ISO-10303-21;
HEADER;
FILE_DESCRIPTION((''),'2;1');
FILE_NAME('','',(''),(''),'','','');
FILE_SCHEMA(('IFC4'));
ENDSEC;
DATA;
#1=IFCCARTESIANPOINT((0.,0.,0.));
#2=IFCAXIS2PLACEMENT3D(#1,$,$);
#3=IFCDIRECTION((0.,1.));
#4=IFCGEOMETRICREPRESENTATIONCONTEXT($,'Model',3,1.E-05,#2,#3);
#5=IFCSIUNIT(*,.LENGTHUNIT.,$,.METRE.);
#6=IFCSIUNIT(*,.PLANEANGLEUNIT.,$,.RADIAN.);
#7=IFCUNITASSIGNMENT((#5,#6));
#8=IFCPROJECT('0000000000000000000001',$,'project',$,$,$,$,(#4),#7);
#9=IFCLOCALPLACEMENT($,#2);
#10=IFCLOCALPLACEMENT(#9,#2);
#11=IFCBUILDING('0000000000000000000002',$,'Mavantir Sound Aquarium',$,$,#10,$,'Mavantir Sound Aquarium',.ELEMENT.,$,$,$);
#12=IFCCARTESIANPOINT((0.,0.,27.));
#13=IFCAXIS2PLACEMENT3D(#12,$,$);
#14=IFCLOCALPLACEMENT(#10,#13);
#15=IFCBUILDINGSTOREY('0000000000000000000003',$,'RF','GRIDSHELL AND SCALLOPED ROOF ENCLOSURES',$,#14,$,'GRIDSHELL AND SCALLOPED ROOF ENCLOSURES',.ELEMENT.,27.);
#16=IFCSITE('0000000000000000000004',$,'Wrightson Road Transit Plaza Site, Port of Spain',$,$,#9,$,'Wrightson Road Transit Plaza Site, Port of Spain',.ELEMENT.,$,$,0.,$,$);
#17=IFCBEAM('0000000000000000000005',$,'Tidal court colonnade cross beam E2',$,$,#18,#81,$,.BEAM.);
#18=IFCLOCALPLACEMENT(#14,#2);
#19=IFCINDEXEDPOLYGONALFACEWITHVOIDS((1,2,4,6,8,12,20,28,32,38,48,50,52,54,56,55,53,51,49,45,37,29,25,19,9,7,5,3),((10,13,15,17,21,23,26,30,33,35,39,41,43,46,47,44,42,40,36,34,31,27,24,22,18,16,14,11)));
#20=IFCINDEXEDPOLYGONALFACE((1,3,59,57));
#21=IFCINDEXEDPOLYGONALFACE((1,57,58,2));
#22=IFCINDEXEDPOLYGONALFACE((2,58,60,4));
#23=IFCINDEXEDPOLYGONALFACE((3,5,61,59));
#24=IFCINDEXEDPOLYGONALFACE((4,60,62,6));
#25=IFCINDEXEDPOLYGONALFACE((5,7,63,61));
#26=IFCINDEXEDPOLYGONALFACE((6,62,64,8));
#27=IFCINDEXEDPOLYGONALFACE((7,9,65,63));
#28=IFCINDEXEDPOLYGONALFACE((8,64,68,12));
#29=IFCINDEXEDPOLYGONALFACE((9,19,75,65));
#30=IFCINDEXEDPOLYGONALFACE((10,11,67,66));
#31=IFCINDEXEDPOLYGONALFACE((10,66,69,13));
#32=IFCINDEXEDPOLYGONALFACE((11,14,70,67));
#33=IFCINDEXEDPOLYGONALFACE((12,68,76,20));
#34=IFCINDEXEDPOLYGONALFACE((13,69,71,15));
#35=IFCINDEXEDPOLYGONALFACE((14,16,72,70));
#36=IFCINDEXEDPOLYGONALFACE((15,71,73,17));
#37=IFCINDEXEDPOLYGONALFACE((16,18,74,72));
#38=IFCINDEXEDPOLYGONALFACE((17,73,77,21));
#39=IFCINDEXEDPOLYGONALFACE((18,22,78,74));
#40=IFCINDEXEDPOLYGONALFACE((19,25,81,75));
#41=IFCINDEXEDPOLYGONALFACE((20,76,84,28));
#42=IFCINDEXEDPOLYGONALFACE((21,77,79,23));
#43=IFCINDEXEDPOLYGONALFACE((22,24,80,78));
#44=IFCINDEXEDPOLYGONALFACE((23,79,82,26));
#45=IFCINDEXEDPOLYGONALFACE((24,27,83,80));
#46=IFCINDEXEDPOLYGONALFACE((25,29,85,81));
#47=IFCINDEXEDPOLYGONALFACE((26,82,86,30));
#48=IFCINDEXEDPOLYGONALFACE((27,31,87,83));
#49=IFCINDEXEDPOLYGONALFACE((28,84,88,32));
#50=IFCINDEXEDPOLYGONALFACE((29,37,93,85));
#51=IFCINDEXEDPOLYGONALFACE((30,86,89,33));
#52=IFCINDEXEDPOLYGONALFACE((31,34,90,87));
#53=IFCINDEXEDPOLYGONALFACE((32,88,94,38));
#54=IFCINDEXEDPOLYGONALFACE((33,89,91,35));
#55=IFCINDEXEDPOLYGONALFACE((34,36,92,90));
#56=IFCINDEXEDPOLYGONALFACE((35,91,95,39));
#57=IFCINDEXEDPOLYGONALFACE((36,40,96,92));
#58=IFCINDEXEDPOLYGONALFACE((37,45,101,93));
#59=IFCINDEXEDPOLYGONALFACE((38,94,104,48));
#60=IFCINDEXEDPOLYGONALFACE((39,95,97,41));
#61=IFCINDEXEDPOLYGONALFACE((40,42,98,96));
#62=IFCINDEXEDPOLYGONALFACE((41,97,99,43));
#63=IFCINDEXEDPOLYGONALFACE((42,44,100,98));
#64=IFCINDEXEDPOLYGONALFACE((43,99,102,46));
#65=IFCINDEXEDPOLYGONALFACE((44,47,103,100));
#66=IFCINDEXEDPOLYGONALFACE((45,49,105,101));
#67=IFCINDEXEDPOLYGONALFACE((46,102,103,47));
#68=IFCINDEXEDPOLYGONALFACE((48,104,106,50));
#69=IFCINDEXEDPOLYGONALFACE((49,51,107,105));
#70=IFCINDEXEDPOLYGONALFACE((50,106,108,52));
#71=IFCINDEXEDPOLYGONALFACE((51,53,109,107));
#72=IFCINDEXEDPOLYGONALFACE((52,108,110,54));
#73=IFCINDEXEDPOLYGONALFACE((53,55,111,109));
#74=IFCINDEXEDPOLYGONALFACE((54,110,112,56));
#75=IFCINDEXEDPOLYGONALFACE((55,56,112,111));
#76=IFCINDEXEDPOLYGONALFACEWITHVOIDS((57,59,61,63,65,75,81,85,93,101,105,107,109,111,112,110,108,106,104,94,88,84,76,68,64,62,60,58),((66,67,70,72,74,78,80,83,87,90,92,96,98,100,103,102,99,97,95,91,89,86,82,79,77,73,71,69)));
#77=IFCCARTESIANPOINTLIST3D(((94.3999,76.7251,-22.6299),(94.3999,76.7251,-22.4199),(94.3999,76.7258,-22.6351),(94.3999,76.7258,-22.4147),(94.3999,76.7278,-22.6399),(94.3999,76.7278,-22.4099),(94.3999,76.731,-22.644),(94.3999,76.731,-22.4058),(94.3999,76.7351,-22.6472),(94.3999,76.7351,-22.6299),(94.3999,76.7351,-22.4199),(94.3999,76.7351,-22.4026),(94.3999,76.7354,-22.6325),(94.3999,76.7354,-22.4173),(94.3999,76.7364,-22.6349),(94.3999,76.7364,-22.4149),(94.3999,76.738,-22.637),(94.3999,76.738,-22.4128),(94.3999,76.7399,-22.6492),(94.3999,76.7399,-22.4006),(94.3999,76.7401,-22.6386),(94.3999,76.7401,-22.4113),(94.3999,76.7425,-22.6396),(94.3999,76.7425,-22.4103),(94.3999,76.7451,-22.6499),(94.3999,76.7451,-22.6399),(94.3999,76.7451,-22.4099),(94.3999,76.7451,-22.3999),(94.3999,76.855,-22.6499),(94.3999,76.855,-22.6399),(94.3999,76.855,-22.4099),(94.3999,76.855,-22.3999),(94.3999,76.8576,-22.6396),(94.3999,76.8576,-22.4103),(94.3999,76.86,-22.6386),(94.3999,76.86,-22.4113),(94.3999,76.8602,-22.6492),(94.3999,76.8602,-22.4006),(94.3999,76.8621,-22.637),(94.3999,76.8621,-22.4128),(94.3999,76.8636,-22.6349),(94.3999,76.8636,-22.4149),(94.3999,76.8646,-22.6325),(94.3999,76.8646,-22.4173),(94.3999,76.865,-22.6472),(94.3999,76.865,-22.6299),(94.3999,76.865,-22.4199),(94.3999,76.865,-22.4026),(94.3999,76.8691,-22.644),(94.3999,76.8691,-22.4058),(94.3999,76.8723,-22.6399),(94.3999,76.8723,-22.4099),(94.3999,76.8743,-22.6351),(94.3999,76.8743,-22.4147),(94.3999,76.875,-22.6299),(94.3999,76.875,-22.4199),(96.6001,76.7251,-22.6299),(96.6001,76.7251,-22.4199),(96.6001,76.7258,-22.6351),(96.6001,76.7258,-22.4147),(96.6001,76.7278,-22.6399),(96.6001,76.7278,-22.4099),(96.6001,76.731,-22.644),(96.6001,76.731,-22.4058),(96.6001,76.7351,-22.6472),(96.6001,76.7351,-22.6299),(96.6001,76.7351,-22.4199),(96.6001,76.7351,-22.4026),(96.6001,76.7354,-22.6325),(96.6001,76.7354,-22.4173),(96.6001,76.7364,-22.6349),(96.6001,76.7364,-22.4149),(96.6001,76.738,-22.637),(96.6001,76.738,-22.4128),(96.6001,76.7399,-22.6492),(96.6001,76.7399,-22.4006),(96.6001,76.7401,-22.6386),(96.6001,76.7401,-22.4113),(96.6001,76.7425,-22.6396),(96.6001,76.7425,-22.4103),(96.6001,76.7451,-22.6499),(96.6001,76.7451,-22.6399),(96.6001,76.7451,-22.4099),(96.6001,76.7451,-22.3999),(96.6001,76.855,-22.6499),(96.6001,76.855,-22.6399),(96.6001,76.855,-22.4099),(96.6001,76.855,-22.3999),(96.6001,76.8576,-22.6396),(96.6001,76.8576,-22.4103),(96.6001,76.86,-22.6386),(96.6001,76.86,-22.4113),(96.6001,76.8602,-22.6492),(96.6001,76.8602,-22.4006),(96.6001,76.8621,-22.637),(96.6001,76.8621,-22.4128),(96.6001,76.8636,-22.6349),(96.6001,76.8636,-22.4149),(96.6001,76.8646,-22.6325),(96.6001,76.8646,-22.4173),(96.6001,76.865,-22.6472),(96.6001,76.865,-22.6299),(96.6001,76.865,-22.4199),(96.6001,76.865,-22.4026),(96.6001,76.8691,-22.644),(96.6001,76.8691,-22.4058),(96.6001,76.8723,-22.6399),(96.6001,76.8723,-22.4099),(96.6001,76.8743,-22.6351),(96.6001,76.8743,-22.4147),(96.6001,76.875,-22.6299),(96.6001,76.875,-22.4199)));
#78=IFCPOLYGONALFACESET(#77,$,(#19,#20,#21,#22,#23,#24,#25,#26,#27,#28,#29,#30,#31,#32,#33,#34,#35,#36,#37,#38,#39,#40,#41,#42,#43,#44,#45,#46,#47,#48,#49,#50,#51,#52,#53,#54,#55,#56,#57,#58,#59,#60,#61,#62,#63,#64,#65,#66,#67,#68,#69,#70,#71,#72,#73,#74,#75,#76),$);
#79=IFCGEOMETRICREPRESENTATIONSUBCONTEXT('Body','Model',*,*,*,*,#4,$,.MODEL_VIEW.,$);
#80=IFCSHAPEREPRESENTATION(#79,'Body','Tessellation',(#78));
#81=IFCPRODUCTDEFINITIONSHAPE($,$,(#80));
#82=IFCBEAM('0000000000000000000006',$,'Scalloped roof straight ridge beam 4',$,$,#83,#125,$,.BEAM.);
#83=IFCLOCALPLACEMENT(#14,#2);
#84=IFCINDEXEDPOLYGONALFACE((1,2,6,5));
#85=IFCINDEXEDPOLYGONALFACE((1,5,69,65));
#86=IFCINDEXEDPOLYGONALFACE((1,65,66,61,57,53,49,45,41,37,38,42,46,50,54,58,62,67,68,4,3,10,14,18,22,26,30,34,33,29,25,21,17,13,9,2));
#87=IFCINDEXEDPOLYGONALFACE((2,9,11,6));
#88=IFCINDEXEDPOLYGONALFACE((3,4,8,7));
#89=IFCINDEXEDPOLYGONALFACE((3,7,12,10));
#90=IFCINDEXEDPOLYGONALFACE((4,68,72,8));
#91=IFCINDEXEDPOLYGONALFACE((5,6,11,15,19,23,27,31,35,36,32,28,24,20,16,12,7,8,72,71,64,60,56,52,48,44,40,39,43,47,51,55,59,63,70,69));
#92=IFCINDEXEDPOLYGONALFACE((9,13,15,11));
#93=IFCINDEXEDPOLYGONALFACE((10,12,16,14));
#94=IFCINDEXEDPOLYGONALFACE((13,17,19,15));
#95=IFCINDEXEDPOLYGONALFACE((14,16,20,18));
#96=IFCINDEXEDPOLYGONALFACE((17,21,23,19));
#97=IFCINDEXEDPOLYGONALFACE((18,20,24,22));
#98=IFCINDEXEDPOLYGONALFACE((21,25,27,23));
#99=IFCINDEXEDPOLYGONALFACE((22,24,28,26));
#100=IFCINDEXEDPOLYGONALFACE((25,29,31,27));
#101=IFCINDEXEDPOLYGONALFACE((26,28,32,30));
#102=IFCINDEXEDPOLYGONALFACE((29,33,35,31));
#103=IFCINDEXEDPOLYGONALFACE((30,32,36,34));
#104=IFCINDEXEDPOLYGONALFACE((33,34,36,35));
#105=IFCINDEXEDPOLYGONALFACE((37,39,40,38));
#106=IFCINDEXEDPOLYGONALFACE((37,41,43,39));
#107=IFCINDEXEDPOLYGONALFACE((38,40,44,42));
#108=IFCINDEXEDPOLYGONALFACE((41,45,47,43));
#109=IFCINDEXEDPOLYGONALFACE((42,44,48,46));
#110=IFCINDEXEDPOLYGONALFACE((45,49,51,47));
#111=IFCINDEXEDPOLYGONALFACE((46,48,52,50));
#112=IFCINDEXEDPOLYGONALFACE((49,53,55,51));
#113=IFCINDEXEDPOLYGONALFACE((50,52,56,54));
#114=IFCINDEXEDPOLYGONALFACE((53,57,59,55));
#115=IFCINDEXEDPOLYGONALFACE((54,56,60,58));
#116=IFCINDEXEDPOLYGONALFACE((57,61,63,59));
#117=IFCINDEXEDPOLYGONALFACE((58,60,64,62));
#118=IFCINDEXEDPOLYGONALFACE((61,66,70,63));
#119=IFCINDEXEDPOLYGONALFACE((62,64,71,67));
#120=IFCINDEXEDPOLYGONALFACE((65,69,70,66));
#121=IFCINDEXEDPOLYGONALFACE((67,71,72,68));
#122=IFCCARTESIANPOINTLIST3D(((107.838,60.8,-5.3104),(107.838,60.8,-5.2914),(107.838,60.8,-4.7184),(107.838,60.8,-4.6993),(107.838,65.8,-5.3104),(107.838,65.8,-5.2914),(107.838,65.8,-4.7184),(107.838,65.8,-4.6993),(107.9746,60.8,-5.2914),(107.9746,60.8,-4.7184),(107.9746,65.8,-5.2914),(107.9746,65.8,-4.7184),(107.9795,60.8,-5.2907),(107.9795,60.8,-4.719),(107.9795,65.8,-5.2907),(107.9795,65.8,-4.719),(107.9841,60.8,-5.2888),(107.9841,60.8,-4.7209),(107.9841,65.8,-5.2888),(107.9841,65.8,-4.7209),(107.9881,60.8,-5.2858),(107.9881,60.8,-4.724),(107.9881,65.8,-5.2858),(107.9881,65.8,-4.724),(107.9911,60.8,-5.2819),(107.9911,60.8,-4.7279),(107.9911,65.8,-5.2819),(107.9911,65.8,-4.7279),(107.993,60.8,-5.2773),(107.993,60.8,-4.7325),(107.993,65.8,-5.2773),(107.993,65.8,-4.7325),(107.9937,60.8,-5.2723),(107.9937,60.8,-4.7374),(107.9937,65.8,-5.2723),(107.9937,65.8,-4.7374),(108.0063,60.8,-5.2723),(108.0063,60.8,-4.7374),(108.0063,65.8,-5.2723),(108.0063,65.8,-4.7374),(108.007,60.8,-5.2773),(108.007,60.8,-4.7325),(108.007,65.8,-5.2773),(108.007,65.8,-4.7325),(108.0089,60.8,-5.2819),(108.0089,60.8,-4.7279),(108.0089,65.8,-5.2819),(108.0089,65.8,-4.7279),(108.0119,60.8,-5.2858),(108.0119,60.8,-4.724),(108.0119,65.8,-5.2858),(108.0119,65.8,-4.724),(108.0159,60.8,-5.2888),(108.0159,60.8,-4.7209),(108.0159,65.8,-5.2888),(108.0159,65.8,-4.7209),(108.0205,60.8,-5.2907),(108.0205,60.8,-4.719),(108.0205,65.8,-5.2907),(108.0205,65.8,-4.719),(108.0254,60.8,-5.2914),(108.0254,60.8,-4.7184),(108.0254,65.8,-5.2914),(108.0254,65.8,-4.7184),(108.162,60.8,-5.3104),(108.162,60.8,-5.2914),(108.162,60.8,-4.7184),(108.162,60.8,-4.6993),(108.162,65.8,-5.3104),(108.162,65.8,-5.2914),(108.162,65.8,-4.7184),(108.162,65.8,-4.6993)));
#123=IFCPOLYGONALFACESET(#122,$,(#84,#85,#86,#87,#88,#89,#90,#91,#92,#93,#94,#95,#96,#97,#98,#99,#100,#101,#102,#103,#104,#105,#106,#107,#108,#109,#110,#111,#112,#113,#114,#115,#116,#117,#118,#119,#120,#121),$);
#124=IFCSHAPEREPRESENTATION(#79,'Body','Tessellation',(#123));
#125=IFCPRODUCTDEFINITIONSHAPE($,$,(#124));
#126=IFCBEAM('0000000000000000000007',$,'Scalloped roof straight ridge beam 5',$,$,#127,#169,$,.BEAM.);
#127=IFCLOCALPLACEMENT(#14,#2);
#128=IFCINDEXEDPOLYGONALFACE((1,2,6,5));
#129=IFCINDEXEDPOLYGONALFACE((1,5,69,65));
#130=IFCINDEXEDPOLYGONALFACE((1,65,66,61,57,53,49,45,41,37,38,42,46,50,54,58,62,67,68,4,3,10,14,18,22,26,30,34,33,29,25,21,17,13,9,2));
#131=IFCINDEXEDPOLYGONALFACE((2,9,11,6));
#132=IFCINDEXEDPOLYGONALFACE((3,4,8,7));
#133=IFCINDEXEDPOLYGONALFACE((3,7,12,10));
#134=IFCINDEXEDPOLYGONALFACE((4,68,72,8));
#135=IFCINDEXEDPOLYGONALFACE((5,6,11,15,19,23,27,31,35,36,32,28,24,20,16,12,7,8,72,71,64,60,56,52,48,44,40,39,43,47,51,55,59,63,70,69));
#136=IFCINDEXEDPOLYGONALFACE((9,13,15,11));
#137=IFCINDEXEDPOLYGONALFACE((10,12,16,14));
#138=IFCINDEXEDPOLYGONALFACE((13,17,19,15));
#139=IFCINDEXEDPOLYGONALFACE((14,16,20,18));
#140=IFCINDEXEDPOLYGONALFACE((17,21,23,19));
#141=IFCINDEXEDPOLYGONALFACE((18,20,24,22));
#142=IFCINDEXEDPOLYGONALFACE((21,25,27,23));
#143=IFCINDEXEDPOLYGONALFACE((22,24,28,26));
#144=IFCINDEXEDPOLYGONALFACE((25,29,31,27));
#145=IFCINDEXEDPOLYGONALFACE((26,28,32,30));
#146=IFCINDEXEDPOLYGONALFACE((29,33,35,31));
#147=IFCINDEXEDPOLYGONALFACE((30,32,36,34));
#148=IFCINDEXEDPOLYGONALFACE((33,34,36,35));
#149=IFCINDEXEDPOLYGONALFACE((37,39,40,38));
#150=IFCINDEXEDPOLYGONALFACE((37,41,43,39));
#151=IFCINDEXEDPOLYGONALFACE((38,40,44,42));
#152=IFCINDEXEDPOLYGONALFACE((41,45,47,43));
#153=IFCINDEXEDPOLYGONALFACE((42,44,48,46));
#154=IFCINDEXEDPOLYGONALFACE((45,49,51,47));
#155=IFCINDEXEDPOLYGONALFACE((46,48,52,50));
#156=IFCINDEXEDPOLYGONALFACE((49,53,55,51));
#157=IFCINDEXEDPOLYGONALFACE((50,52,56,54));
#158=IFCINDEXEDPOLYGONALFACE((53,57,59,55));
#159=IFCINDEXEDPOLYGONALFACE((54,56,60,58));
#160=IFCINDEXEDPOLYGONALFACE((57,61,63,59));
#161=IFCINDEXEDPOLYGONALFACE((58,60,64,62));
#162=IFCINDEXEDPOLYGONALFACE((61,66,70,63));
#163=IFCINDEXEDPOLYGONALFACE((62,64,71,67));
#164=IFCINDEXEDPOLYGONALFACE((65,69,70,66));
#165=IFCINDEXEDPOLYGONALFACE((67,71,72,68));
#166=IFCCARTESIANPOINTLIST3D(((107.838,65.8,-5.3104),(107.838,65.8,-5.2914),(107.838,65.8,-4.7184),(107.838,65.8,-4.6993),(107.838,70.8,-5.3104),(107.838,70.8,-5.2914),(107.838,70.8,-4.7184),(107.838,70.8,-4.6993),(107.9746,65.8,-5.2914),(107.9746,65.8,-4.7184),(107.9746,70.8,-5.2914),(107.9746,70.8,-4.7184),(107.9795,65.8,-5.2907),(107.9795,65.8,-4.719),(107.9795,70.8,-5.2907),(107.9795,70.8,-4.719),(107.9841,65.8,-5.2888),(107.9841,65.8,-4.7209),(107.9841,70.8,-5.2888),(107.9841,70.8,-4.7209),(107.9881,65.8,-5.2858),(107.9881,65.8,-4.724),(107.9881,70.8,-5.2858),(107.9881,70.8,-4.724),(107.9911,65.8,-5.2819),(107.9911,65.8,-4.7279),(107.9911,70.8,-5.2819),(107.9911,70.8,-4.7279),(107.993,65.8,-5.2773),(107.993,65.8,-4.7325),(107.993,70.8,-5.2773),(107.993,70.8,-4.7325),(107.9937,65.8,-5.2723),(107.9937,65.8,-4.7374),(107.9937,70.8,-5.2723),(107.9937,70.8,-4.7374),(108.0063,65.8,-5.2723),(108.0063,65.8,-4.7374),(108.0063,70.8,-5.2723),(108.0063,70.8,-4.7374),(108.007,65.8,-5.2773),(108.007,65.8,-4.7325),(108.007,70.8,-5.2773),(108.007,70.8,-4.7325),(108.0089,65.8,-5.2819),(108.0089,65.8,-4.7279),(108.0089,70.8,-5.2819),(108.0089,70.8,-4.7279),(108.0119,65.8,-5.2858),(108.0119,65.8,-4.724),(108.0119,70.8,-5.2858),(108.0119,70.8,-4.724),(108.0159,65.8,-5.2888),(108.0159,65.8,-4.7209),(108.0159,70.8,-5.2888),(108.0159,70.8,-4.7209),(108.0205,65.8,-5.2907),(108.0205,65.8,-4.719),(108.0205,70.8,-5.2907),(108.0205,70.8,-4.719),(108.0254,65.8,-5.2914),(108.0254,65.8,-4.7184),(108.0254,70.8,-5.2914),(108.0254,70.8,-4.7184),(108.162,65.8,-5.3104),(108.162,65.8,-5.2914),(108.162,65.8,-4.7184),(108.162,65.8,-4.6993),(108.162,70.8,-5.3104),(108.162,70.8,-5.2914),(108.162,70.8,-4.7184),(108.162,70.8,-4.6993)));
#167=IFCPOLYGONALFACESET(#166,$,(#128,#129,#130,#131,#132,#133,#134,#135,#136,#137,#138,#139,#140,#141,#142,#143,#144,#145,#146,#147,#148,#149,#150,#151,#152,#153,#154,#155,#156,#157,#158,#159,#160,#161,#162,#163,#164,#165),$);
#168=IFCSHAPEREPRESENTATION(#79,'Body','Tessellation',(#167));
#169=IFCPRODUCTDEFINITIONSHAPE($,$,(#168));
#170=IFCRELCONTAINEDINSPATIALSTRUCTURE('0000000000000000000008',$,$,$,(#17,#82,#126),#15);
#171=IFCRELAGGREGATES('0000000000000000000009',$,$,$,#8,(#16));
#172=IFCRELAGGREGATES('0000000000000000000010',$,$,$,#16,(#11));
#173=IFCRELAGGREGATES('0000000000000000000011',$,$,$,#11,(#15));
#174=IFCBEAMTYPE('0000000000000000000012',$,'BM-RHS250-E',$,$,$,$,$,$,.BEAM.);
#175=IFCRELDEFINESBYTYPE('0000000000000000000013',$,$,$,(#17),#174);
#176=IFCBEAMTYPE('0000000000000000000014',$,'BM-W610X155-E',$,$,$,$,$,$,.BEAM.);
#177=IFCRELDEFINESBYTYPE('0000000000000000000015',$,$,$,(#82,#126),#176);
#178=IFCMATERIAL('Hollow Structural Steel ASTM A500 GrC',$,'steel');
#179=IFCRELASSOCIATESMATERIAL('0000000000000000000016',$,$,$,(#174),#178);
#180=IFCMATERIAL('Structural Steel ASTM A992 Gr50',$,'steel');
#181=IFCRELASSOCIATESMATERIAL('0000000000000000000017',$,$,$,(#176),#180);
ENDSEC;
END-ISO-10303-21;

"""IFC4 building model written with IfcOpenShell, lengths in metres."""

from ifc_helpers import new_model, si_unit, direction, frame, origin, origin_2d, place, context, subcontext, project, spatial, hollow_rectangle, i_section, extrude, material, material_profile, profile_set, type_object, element, save


model = new_model("IFC4")

# Units and contexts
model_context = context("Model", 3, precision=1e-05, world=origin(), true_north=direction((0.0, 1.0)))
body_context = subcontext(model_context, "Body", "Model", "MODEL_VIEW")
ifc_project = project(units=[si_unit("LENGTHUNIT", "METRE"), si_unit("PLANEANGLEUNIT", "RADIAN")], contexts=[model_context])

# Site, building, storey
site_placement = place(None, origin())
site = spatial("IfcSite", under=ifc_project, at=site_placement, Name="Wrightson Road Transit Plaza Site, Port of Spain", LongName="Wrightson Road Transit Plaza Site, Port of Spain", CompositionType="ELEMENT", RefElevation=0.0)
building_placement = place(site_placement, origin())
building = spatial("IfcBuilding", under=site, at=building_placement, Name="Mavantir Sound Aquarium", LongName="Mavantir Sound Aquarium", CompositionType="ELEMENT")
storey_placement = place(building_placement, frame((0.0, 0.0, 27.0)))
storey = spatial("IfcBuildingStorey", under=building, at=storey_placement, Name="RF", Description="GRIDSHELL AND SCALLOPED ROOF ENCLOSURES", LongName="GRIDSHELL AND SCALLOPED ROOF ENCLOSURES", CompositionType="ELEMENT", Elevation=27.0)

# Beams
ifc_material_1 = material(Name="Hollow Structural Steel ASTM A500 GrC", Category="steel")
ifc_material_profile_1 = material_profile(ifc_material_1, hollow_rectangle(XDim=0.1499, YDim=0.25, WallThickness=0.01, InnerFilletRadius=0.01, OuterFilletRadius=0.02, at=origin_2d()), Name="RHS 250X150X10")
ifc_profile_set_1 = profile_set([ifc_material_profile_1], Name="Hollow Structural Steel ASTM A500 GrC")
beam_type_1 = type_object("IfcBeamType", Name="BM-RHS250-E", PredefinedType="BEAM", material=ifc_profile_set_1)
beam_1_placement = place(storey_placement, frame((94.3999, 76.8, -22.5249), z_axis=(1.0, 0.0, 0.0), x_axis=(0.0, 1.0, 0.0)))
element("IfcBeam", 1, at=beam_1_placement, inside=storey, type_object=beam_type_1, Name="Tidal court colonnade cross beam E2", PredefinedType="BEAM", context=body_context, shape_type="SweptSolid", body=[
    extrude(hollow_rectangle(XDim=0.1499, YDim=0.25, WallThickness=0.01, InnerFilletRadius=0.01, OuterFilletRadius=0.02, at=origin_2d()), origin(), (0.0, 0.0, 1.0), 2.2002),
])
ifc_material_2 = material(Name="Structural Steel ASTM A992 Gr50", Category="steel")
ifc_material_profile_2 = material_profile(ifc_material_2, i_section(OverallWidth=0.324, OverallDepth=0.6111, WebThickness=0.0127, FlangeThickness=0.019, FilletRadius=0.019, at=origin_2d()), Name="W610X155")
ifc_profile_set_2 = profile_set([ifc_material_profile_2], Name="Structural Steel ASTM A992 Gr50")
beam_type_2 = type_object("IfcBeamType", Name="BM-W610X155-E", PredefinedType="BEAM", material=ifc_profile_set_2)
for number, where, z_axis, x_axis, name in (
    (2, (108.0, 60.8, -5.0049), (0.0, 1.0, 0.0), (-1.0, 0.0, 0.0), "Scalloped roof straight ridge beam 4"),
    (3, (108.0, 65.8, -5.0049), (0.0, 1.0, 0.0), (-1.0, 0.0, 0.0), "Scalloped roof straight ridge beam 5"),
):
    element("IfcBeam", number, at=place(storey_placement, frame(where, z_axis=z_axis, x_axis=x_axis)), inside=storey, type_object=beam_type_2, Name=name, PredefinedType="BEAM", context=body_context, shape_type="SweptSolid", body=[
        extrude(i_section(OverallWidth=0.324, OverallDepth=0.6111, WebThickness=0.0127, FlangeThickness=0.019, FilletRadius=0.019, at=origin_2d()), origin(), (0.0, 0.0, 1.0), 5.0),
    ])

save(model, "model.ifc")
